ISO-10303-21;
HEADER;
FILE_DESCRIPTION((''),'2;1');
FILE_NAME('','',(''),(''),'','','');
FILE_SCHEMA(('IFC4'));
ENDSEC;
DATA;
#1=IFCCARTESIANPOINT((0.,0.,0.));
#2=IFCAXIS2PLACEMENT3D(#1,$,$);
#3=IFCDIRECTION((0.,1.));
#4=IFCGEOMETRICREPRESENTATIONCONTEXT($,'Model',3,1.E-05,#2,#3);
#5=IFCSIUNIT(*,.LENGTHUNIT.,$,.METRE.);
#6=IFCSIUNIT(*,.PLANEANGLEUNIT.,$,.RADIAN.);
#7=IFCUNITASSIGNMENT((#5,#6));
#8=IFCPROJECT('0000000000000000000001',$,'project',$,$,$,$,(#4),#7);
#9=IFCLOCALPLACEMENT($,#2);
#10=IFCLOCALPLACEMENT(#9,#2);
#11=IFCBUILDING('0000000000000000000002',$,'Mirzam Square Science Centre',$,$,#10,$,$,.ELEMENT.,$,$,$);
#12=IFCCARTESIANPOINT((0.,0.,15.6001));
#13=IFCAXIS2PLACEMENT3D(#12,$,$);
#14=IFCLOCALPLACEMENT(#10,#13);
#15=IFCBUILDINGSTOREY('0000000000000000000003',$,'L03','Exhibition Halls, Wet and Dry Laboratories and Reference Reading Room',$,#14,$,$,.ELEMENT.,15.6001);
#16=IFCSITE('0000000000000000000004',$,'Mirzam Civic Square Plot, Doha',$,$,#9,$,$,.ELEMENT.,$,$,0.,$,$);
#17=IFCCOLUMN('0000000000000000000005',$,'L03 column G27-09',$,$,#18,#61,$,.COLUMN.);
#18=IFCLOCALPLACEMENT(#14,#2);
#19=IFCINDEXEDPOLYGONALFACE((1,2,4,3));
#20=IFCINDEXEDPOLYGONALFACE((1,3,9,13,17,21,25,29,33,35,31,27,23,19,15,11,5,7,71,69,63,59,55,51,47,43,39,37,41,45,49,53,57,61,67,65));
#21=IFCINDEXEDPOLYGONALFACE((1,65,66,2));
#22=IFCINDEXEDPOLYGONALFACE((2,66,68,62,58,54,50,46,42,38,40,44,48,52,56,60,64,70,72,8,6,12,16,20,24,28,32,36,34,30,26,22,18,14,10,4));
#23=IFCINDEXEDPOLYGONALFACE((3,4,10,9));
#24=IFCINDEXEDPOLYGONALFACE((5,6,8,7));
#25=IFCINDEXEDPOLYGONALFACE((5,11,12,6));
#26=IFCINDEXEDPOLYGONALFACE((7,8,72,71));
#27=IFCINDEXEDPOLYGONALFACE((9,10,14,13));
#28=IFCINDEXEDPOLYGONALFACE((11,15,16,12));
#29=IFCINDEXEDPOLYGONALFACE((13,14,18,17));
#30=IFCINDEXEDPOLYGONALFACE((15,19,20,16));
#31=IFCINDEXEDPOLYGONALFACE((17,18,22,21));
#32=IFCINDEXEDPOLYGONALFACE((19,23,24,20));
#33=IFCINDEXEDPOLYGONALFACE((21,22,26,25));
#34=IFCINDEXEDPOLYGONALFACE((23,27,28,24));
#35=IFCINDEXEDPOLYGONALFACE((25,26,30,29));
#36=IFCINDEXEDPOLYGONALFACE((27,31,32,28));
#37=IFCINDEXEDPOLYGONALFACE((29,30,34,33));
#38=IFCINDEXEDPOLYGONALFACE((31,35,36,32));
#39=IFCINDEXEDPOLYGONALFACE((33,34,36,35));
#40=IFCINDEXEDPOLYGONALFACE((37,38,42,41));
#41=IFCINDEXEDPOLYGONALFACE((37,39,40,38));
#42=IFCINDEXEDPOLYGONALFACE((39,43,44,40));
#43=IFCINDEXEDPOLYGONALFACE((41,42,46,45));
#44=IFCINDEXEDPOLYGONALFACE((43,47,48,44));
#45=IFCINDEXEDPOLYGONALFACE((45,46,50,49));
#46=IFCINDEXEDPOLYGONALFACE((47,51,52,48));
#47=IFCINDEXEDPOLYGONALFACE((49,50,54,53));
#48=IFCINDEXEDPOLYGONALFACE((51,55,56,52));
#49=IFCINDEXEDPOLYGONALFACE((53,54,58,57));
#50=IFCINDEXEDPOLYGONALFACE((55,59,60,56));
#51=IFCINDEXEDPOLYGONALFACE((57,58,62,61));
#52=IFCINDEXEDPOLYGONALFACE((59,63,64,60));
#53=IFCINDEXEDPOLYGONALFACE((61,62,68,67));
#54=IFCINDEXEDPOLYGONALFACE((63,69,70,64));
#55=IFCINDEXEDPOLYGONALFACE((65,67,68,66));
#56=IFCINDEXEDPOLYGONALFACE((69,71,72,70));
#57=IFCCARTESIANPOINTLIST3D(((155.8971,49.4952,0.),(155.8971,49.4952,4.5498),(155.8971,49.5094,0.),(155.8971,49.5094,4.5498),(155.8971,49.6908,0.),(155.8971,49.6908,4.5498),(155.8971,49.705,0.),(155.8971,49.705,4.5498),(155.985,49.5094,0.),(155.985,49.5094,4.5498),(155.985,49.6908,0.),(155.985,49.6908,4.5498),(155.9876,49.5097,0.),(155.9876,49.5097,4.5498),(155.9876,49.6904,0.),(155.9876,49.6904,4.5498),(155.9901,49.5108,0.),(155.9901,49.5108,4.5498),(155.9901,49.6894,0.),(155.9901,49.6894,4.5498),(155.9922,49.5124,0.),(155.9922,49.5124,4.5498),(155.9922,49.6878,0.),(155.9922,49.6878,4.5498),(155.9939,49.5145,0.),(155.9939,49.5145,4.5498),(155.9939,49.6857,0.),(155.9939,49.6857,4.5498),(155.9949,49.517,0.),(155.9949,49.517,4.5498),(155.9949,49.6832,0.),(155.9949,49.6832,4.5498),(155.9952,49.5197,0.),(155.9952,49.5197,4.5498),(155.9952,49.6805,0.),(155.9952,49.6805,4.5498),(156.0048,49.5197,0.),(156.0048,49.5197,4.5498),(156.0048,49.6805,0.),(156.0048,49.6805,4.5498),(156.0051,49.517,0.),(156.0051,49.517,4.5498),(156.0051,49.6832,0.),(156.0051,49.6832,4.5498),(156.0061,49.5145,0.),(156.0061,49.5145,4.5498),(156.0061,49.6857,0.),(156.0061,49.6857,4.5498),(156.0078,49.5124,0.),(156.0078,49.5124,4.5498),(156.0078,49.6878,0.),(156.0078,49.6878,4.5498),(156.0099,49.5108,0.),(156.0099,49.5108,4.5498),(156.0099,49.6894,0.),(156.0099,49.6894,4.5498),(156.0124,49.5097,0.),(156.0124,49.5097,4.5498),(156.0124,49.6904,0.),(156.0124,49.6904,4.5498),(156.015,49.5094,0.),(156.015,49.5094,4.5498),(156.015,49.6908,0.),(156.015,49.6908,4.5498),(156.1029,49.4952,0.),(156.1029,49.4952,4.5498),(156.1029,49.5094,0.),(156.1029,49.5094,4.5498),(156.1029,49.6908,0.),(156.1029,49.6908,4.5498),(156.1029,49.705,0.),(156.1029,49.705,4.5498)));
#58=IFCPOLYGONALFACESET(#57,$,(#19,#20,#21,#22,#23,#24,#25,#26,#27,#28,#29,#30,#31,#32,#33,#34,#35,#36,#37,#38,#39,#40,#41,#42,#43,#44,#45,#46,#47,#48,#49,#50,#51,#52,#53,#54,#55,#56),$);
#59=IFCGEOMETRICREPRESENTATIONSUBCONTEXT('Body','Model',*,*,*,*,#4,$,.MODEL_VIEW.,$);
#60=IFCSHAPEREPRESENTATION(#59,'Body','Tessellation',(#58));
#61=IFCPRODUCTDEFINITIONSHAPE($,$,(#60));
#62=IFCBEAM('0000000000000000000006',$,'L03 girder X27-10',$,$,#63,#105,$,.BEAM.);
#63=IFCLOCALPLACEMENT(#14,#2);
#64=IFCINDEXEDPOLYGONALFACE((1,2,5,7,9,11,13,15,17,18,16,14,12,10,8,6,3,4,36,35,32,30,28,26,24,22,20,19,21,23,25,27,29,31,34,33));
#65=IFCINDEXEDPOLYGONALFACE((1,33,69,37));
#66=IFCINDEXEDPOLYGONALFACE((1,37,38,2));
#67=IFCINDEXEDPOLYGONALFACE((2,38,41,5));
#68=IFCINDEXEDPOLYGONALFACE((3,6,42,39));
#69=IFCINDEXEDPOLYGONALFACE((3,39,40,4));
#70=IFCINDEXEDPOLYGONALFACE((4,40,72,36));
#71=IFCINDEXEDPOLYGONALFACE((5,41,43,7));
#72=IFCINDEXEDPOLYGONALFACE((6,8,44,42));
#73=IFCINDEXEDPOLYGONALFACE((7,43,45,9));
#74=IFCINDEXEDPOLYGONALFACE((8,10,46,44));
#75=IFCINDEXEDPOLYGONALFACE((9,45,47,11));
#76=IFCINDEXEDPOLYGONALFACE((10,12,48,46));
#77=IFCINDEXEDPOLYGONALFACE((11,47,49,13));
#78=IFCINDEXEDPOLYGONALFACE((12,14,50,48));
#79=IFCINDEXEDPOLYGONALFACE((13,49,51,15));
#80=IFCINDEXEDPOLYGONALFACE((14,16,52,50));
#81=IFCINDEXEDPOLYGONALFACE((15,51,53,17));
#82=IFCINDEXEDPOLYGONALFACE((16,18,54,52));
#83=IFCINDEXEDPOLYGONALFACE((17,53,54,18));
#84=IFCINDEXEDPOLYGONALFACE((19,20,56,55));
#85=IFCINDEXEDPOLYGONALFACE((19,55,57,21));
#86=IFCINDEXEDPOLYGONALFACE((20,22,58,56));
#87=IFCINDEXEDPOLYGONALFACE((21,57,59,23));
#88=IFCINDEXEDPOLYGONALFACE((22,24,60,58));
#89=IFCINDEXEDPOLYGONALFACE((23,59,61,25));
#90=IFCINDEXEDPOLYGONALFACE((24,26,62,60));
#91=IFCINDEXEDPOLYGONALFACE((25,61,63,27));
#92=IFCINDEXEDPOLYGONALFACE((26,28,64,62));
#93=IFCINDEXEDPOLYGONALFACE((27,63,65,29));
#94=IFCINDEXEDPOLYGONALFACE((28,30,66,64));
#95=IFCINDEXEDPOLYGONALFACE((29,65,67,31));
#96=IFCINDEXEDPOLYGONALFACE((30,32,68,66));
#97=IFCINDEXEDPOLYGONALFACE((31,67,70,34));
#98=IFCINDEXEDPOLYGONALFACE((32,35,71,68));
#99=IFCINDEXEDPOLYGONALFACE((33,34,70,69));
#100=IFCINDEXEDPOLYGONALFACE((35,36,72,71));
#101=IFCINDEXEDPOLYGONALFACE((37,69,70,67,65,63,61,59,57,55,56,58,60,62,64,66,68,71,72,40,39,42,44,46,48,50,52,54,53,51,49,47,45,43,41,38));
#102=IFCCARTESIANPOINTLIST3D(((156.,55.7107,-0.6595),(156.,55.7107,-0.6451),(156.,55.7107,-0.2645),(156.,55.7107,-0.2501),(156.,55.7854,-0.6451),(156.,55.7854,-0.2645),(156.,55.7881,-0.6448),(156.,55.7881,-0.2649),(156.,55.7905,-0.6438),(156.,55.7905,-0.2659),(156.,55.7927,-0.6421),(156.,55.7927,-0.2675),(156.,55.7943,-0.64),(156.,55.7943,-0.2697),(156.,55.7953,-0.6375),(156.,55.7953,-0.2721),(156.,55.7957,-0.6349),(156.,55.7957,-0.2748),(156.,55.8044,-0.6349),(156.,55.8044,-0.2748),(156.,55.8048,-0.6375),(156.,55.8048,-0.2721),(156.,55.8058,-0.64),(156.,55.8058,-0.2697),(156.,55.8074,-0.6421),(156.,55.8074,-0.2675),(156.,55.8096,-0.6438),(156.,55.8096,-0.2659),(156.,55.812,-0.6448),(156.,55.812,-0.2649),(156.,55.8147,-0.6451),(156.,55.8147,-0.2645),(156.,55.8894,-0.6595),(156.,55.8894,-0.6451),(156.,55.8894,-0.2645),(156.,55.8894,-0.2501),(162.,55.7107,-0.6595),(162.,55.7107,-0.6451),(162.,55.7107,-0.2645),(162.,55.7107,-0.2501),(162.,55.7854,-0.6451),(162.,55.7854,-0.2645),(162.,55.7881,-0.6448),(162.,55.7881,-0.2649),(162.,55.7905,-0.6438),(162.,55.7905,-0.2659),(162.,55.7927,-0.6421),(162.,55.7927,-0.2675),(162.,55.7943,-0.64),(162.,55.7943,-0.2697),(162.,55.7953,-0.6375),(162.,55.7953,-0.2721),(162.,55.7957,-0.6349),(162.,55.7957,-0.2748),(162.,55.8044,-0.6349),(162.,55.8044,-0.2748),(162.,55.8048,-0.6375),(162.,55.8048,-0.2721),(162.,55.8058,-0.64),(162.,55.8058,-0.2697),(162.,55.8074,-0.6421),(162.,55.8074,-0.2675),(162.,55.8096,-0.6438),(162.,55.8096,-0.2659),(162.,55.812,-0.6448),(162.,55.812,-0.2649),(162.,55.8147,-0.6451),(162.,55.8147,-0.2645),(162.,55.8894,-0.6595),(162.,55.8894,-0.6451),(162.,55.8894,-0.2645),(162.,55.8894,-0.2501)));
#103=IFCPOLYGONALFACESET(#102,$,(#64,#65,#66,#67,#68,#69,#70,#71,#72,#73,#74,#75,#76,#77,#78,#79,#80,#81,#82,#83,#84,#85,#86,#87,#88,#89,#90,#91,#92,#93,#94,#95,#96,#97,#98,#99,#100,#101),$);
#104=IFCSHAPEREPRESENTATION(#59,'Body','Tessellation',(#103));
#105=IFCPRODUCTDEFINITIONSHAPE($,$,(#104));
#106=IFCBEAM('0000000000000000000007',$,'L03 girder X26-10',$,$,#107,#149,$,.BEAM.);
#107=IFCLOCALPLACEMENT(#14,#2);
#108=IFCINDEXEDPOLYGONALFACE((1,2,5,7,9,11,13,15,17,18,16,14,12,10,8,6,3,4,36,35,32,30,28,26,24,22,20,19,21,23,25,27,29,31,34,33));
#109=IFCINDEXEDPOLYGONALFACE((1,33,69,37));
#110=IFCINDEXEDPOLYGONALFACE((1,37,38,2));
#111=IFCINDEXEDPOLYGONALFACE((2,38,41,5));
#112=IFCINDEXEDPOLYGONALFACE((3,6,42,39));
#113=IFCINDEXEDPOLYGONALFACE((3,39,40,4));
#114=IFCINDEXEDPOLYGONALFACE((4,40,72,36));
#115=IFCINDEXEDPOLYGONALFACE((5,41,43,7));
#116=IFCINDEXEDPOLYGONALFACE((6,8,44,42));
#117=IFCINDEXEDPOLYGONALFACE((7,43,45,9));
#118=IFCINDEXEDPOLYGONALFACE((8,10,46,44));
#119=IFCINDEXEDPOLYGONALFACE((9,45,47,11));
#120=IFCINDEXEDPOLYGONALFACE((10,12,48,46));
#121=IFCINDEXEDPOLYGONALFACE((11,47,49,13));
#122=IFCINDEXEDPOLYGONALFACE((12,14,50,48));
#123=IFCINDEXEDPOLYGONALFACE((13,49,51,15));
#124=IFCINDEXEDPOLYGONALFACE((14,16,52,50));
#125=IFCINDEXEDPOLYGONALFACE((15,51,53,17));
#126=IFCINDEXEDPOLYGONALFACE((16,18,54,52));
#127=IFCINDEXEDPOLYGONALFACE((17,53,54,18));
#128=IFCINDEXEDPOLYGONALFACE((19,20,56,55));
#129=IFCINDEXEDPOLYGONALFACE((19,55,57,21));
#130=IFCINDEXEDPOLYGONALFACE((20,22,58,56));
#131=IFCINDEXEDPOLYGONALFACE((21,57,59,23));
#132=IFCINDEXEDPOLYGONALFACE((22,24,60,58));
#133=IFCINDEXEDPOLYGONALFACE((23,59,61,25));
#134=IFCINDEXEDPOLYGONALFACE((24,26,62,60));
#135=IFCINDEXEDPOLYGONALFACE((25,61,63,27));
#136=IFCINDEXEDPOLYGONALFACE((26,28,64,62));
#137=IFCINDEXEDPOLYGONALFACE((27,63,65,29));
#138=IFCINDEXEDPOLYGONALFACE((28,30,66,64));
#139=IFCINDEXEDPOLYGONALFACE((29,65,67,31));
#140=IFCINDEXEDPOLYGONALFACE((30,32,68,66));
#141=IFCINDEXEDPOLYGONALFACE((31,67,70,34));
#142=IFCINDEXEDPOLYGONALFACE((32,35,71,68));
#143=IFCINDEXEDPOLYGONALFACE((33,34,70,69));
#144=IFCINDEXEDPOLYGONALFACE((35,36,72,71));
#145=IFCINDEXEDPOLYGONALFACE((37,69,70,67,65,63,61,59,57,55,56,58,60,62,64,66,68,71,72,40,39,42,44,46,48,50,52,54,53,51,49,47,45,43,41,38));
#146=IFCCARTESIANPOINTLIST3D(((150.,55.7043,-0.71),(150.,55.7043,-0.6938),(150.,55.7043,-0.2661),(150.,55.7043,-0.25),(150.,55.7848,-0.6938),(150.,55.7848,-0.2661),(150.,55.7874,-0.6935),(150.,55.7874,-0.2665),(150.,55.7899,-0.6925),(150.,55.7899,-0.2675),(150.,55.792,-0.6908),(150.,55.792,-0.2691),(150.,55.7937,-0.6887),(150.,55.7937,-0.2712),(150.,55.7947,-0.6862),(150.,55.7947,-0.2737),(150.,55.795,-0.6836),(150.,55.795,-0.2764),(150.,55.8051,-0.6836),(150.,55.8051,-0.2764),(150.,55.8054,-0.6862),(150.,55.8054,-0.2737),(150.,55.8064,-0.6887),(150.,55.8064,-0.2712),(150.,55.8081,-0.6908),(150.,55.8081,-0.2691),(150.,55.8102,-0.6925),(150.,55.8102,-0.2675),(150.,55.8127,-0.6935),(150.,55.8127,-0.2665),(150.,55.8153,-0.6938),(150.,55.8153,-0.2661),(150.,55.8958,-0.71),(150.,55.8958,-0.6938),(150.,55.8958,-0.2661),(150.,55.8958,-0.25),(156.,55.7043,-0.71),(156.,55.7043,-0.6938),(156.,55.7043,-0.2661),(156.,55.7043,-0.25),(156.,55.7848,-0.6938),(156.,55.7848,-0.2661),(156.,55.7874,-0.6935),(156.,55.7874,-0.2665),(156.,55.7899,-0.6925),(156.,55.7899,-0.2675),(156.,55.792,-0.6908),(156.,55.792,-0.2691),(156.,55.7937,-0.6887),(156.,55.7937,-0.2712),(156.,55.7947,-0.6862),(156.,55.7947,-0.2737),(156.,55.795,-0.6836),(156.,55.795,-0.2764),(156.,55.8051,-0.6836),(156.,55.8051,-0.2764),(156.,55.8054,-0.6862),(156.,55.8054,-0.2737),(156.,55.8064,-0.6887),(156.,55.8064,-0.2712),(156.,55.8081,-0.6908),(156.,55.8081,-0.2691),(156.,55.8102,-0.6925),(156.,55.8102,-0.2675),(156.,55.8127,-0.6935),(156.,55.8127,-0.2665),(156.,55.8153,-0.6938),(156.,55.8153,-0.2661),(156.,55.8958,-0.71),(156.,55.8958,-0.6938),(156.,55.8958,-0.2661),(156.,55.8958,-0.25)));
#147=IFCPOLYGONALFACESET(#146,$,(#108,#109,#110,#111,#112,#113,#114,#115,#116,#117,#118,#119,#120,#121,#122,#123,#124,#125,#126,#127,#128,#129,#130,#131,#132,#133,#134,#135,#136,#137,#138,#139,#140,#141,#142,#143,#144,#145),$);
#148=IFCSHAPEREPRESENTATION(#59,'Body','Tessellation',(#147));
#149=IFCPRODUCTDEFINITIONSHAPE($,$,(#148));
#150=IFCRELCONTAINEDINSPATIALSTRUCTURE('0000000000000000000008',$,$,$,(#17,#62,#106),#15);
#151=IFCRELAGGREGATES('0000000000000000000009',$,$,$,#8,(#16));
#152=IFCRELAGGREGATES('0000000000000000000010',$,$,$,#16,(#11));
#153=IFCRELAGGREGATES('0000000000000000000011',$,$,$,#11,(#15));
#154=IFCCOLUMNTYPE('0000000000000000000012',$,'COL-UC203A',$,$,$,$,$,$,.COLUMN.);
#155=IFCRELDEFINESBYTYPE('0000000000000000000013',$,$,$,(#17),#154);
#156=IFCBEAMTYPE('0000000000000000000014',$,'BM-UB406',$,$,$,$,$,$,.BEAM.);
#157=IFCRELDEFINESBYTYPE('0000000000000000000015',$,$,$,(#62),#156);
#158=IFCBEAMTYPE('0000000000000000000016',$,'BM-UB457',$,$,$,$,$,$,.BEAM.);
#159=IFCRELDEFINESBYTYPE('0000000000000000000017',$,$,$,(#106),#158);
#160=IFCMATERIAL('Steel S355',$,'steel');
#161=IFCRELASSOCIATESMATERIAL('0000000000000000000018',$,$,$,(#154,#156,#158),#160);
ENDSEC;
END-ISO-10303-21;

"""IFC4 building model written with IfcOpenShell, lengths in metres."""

from ifc_helpers import new_model, si_unit, direction, frame, origin, origin_2d, place, context, subcontext, project, spatial, i_section, extrude, material, material_profile, profile_set, type_object, element, save


model = new_model("IFC4")

# Units and contexts
model_context = context("Model", 3, precision=1e-05, world=origin(), true_north=direction((0.0, 1.0)))
body_context = subcontext(model_context, "Body", "Model", "MODEL_VIEW")
ifc_project = project(units=[si_unit("LENGTHUNIT", "METRE"), si_unit("PLANEANGLEUNIT", "RADIAN")], contexts=[model_context])

# Site, building, storey
site_placement = place(None, origin())
site = spatial("IfcSite", under=ifc_project, at=site_placement, Name="Mirzam Civic Square Plot, Doha", CompositionType="ELEMENT", RefElevation=0.0)
building_placement = place(site_placement, origin())
building = spatial("IfcBuilding", under=site, at=building_placement, Name="Mirzam Square Science Centre", CompositionType="ELEMENT")
storey_placement = place(building_placement, frame((0.0, 0.0, 15.6001)))
storey = spatial("IfcBuildingStorey", under=building, at=storey_placement, Name="L03", Description="Exhibition Halls, Wet and Dry Laboratories and Reference Reading Room", CompositionType="ELEMENT", Elevation=15.6001)

# Column
ifc_material_1 = material(Name="Steel S355", Category="steel")
ifc_material_profile_1 = material_profile(ifc_material_1, i_section(OverallWidth=0.2058, OverallDepth=0.2097, WebThickness=0.0095, FlangeThickness=0.0142, FilletRadius=0.0103, at=origin_2d()), Name="203x203x60UC")
ifc_profile_set_1 = profile_set([ifc_material_profile_1], Name="Steel S355")
column_type_1 = type_object("IfcColumnType", Name="COL-UC203A", PredefinedType="COLUMN", material=ifc_profile_set_1)
column_1_placement = place(storey_placement, frame((156.0, 49.6001, 0.0), z_axis=(0.0, 0.0, 1.0), x_axis=(1.0, 0.0, 0.0)))
element("IfcColumn", 1, at=column_1_placement, inside=storey, type_object=column_type_1, Name="L03 column G27-09", PredefinedType="COLUMN", context=body_context, shape_type="SweptSolid", body=[
    extrude(i_section(OverallWidth=0.2058, OverallDepth=0.2097, WebThickness=0.0095, FlangeThickness=0.0142, FilletRadius=0.0103, at=origin_2d()), origin(), (0.0, 0.0, 1.0), 4.5498),
])

# Beams
ifc_material_profile_2 = material_profile(ifc_material_1, i_section(OverallWidth=0.1787, OverallDepth=0.4094, WebThickness=0.0088, FlangeThickness=0.0144, FilletRadius=0.0103, at=origin_2d()), Name="406x178x67UB")
ifc_profile_set_2 = profile_set([ifc_material_profile_2], Name="Steel S355")
beam_type_1 = type_object("IfcBeamType", Name="BM-UB406", PredefinedType="BEAM", material=ifc_profile_set_2)
beam_1_placement = place(storey_placement, frame((156.0, 55.8, -0.4548), z_axis=(1.0, 0.0, 0.0), x_axis=(0.0, 1.0, 0.0)))
element("IfcBeam", 2, at=beam_1_placement, inside=storey, type_object=beam_type_1, Name="L03 girder X27-10", PredefinedType="BEAM", context=body_context, shape_type="SweptSolid", body=[
    extrude(i_section(OverallWidth=0.1787, OverallDepth=0.4094, WebThickness=0.0088, FlangeThickness=0.0144, FilletRadius=0.0103, at=origin_2d()), origin(), (0.0, 0.0, 1.0), 6.0),
])
ifc_material_profile_3 = material_profile(ifc_material_1, i_section(OverallWidth=0.1914, OverallDepth=0.46, WebThickness=0.01, FlangeThickness=0.0161, FilletRadius=0.0103, at=origin_2d()), Name="457x191x82UB")
ifc_profile_set_3 = profile_set([ifc_material_profile_3], Name="Steel S355")
beam_type_2 = type_object("IfcBeamType", Name="BM-UB457", PredefinedType="BEAM", material=ifc_profile_set_3)
beam_2_placement = place(storey_placement, frame((150.0, 55.8, -0.48), z_axis=(1.0, 0.0, 0.0), x_axis=(0.0, 1.0, 0.0)))
element("IfcBeam", 3, at=beam_2_placement, inside=storey, type_object=beam_type_2, Name="L03 girder X26-10", PredefinedType="BEAM", context=body_context, shape_type="SweptSolid", body=[
    extrude(i_section(OverallWidth=0.1914, OverallDepth=0.46, WebThickness=0.01, FlangeThickness=0.0161, FilletRadius=0.0103, at=origin_2d()), origin(), (0.0, 0.0, 1.0), 6.0),
])

save(model, "model.ifc")
